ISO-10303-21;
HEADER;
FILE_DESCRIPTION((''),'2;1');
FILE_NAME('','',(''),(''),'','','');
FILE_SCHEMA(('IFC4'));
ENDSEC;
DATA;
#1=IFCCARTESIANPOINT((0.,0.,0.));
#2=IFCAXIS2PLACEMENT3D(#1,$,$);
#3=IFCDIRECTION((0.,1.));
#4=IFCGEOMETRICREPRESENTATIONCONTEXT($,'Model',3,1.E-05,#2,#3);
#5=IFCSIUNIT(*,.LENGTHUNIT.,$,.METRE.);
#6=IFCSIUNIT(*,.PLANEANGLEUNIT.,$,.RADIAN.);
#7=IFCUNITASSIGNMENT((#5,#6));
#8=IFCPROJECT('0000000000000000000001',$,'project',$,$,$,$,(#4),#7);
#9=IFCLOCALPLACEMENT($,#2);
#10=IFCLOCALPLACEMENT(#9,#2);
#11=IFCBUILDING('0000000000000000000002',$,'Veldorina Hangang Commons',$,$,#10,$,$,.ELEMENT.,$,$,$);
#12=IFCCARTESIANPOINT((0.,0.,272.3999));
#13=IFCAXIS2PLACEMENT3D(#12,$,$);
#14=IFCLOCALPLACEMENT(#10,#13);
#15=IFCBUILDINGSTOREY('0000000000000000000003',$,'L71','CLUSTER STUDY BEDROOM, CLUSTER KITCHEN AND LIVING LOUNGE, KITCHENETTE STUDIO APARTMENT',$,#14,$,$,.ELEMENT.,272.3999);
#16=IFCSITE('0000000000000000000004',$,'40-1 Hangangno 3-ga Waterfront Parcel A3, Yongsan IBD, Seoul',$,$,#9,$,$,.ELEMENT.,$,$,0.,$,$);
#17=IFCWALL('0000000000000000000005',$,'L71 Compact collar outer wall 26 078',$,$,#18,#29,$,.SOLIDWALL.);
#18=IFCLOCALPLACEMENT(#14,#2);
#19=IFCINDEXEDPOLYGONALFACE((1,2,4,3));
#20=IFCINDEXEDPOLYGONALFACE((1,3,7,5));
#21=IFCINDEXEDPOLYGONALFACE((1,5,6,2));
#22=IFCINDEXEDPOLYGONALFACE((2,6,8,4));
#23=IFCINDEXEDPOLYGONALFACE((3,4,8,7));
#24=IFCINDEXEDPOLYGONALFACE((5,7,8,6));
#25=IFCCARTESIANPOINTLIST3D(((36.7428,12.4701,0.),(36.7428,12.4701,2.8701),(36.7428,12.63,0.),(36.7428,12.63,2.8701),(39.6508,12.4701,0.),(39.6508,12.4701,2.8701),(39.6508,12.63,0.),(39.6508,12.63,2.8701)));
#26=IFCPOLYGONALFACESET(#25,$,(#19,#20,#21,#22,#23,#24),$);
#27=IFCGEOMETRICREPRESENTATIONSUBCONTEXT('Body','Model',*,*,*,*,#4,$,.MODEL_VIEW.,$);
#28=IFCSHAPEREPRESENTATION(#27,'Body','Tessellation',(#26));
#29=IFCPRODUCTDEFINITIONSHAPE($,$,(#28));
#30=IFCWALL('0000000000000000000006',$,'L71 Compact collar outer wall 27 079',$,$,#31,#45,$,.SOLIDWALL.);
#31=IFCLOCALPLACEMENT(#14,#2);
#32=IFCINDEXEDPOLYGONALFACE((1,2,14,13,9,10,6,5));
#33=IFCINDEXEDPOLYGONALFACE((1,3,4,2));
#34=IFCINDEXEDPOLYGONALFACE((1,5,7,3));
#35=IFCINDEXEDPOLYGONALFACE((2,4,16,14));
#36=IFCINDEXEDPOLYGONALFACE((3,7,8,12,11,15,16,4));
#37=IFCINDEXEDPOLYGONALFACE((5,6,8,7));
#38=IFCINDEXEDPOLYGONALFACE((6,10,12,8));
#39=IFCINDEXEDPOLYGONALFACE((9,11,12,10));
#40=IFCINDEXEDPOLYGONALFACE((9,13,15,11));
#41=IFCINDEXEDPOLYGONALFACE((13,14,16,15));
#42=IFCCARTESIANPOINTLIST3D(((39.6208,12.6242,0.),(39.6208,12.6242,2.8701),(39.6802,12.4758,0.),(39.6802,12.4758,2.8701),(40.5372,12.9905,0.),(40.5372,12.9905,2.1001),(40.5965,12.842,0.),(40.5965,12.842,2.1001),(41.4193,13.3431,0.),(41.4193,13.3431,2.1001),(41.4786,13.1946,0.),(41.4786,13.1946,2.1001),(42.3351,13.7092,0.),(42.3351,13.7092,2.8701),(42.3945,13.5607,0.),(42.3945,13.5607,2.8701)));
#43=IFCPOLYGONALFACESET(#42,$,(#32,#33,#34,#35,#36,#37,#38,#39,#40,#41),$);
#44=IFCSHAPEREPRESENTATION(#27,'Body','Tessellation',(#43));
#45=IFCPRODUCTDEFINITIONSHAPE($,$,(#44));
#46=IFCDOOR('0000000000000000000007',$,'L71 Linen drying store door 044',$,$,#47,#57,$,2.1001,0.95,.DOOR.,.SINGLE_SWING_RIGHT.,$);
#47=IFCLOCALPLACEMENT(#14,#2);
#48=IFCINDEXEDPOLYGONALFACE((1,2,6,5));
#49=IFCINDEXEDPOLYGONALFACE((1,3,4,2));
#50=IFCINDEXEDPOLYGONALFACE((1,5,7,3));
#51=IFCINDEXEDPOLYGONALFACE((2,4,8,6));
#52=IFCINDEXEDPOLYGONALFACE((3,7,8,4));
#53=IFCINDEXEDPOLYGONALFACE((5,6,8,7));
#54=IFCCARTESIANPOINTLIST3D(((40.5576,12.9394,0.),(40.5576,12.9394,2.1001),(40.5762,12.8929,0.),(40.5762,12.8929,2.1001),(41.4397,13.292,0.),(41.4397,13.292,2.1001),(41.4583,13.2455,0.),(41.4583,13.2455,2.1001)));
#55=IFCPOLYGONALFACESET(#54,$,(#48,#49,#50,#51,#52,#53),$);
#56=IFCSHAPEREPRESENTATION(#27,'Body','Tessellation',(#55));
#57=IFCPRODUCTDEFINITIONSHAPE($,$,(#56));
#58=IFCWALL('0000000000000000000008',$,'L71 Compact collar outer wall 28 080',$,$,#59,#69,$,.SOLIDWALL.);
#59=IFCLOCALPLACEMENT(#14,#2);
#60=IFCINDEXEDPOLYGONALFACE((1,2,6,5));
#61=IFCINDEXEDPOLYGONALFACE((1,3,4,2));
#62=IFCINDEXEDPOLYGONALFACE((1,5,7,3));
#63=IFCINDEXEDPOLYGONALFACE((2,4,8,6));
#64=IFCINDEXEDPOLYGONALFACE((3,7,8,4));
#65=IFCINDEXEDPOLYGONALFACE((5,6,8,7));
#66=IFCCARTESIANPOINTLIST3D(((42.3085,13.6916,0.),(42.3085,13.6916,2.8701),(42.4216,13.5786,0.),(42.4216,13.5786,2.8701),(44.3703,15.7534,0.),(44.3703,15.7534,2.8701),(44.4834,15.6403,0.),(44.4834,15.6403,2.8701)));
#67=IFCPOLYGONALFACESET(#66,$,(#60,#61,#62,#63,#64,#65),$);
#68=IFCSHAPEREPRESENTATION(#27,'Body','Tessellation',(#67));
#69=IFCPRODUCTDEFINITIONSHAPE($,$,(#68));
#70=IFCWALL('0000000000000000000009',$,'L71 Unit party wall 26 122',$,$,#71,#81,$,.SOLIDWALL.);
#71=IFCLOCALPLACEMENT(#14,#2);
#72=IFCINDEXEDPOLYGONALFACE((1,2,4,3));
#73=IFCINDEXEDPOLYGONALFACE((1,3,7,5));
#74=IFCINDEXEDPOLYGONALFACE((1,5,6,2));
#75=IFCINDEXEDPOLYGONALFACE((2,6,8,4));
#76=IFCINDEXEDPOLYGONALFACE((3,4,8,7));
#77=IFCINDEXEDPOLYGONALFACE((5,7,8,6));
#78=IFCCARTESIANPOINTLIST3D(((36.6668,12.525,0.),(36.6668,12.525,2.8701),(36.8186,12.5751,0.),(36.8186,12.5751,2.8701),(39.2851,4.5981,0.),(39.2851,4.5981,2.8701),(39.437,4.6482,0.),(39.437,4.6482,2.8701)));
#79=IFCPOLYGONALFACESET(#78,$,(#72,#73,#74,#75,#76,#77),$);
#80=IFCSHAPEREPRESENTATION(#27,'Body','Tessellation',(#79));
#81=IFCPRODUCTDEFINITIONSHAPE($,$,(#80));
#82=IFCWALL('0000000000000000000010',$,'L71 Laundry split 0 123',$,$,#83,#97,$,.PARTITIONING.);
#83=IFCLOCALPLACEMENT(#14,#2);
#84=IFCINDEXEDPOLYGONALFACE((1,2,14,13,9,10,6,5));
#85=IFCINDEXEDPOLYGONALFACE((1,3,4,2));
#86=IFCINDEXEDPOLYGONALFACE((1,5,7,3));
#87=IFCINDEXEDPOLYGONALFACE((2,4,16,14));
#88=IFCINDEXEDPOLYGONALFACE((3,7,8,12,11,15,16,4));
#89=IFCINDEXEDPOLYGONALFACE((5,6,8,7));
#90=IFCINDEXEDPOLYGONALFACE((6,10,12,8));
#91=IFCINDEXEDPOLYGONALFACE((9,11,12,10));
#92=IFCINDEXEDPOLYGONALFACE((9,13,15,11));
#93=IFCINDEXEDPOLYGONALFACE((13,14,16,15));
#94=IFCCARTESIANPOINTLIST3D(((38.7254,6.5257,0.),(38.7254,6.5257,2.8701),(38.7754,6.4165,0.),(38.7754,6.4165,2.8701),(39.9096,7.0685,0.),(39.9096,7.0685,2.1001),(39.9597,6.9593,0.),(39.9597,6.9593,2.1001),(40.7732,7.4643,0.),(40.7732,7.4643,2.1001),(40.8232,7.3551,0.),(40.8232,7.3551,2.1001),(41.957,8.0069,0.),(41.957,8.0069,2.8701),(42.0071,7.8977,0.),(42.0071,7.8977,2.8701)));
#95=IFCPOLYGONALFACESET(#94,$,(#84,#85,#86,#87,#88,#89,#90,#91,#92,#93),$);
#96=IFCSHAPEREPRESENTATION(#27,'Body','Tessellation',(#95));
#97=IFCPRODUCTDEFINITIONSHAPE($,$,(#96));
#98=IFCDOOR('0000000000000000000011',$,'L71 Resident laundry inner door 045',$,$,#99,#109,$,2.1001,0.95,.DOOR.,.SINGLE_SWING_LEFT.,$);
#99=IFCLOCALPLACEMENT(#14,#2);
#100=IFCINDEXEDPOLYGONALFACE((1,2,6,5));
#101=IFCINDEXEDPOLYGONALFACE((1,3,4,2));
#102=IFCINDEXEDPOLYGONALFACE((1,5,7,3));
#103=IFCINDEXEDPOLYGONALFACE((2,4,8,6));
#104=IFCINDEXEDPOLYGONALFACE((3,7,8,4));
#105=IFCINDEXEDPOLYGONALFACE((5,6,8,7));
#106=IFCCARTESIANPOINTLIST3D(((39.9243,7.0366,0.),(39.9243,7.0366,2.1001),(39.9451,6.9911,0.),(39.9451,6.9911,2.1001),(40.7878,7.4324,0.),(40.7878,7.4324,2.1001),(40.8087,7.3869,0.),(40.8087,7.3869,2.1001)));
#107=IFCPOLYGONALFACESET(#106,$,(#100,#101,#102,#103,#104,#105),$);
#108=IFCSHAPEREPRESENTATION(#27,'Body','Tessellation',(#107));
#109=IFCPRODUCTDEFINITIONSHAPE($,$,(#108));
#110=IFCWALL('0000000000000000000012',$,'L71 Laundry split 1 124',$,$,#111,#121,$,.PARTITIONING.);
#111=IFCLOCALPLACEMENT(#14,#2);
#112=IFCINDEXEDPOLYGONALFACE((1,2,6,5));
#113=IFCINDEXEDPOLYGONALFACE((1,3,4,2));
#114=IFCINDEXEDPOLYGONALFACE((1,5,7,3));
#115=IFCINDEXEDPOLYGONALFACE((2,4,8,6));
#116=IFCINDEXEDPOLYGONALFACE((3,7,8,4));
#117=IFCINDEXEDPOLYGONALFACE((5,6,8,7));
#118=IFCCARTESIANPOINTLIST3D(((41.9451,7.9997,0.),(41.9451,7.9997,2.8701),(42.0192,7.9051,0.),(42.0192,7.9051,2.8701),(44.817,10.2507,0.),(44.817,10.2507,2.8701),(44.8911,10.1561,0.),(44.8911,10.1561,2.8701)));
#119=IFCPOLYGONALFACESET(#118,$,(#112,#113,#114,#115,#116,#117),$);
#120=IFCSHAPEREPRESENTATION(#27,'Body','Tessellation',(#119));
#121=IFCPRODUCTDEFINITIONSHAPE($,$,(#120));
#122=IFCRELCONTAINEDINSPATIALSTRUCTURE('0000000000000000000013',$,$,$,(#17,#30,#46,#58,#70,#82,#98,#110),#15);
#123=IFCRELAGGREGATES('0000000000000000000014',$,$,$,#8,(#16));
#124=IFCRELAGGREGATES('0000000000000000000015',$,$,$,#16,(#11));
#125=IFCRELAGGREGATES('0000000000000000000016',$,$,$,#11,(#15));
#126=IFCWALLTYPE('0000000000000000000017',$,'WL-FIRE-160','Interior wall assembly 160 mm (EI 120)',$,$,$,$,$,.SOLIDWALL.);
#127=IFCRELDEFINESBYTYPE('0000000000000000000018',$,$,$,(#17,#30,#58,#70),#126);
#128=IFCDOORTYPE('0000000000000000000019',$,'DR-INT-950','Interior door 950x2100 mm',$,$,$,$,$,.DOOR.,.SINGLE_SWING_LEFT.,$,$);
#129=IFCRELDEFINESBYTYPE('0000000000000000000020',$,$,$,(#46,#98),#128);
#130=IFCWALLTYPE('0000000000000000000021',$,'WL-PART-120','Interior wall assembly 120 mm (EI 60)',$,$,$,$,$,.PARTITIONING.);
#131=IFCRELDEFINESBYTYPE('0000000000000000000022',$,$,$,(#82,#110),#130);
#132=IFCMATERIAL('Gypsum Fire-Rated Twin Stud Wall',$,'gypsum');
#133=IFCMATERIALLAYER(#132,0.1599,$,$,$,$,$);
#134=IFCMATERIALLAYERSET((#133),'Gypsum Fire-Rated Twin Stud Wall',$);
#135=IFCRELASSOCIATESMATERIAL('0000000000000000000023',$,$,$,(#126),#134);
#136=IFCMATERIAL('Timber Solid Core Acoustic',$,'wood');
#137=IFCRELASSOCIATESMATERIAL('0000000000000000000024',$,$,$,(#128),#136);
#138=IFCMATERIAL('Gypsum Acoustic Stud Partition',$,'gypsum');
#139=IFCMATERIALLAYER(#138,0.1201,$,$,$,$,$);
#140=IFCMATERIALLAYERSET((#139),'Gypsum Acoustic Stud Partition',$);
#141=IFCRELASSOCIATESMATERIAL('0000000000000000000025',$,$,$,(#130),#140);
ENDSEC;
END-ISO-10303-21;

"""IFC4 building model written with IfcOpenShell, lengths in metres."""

from ifc_helpers import new_model, si_unit, direction, frame, frame_2d, origin, place, context, subcontext, project, spatial, rectangle, extrude, material, layer, layer_set, type_object, element, fill, save


model = new_model("IFC4")

# Units and contexts
model_context = context("Model", 3, precision=1e-05, world=origin(), true_north=direction((0.0, 1.0)))
body_context = subcontext(model_context, "Body", "Model", "MODEL_VIEW")
ifc_project = project(units=[si_unit("LENGTHUNIT", "METRE"), si_unit("PLANEANGLEUNIT", "RADIAN")], contexts=[model_context])

# Site, building, storey
site_placement = place(None, origin())
site = spatial("IfcSite", under=ifc_project, at=site_placement, Name="40-1 Hangangno 3-ga Waterfront Parcel A3, Yongsan IBD, Seoul", CompositionType="ELEMENT", RefElevation=0.0)
building_placement = place(site_placement, origin())
building = spatial("IfcBuilding", under=site, at=building_placement, Name="Veldorina Hangang Commons", CompositionType="ELEMENT")
storey_placement = place(building_placement, frame((0.0, 0.0, 272.3999)))
storey = spatial("IfcBuildingStorey", under=building, at=storey_placement, Name="L71", Description="CLUSTER STUDY BEDROOM, CLUSTER KITCHEN AND LIVING LOUNGE, KITCHENETTE STUDIO APARTMENT", CompositionType="ELEMENT", Elevation=272.3999)

# Shared definitions
ifc_material_1 = material(Name="Gypsum Fire-Rated Twin Stud Wall", Category="gypsum")
ifc_layer_1 = layer(ifc_material_1, 0.1599)
ifc_layer_set_1 = layer_set([ifc_layer_1], Name="Gypsum Fire-Rated Twin Stud Wall")
wall_type_1 = type_object("IfcWallType", Name="WL-FIRE-160", Description="Interior wall assembly 160 mm (EI 120)", PredefinedType="SOLIDWALL", material=ifc_layer_set_1)
ifc_material_2 = material(Name="Timber Solid Core Acoustic", Category="wood")

# Wall
wall_1_placement = place(storey_placement, frame((36.7427, 12.55, 0.0), z_axis=(0.0, 0.0, 1.0), x_axis=(1.0, 0.0, 0.0)))
element("IfcWall", 1, at=wall_1_placement, inside=storey, type_object=wall_type_1, Name="L71 Compact collar outer wall 26 078", PredefinedType="SOLIDWALL", context=body_context, shape_type="SweptSolid", body=[
    extrude(rectangle(XDim=2.908, YDim=0.1599, at=frame_2d((1.4541, 0.0))), origin(), (0.0, 0.0, 1.0), 2.8701),
])

# Wall, opening, door
wall_2_placement = place(storey_placement, frame((39.6506, 12.55, 0.0), z_axis=(0.0, 0.0, 1.0), x_axis=(0.928569, 0.37116, 0.0)))
wall_2 = element("IfcWall", 2, at=wall_2_placement, inside=storey, type_object=wall_type_1, Name="L71 Compact collar outer wall 27 079", PredefinedType="SOLIDWALL", context=body_context, shape_type="SweptSolid", body=[
    extrude(rectangle(XDim=2.9231, YDim=0.1599, at=frame_2d((1.4614, 0.0))), origin(), (0.0, 0.0, 1.0), 2.8701),
])
opening_1_placement = place(wall_2_placement, frame((0.9866, 0.0, 0.0)))
opening_1 = element("IfcOpeningElement", 3, at=opening_1_placement, cuts=wall_2, PredefinedType="OPENING", context=body_context, shape_type="SweptSolid", body=[
    extrude(rectangle(XDim=0.95, YDim=2.1001, at=frame_2d((0.4751, 1.05))), frame((0.0, 0.0898, 0.0), z_axis=(0.0, -1.0, 0.0), x_axis=(1.0, 0.0, 0.0)), (0.0, 0.0, 1.0), 0.1799),
])
door_type_1 = type_object("IfcDoorType", Name="DR-INT-950", Description="Interior door 950x2100 mm", OperationType="SINGLE_SWING_LEFT", PredefinedType="DOOR", material=ifc_material_2)
door_1_placement = place(opening_1_placement, origin())
door_1 = element("IfcDoor", 4, at=door_1_placement, inside=storey, type_object=door_type_1, Name="L71 Linen drying store door 044", OperationType="SINGLE_SWING_RIGHT", OverallHeight=2.1001, OverallWidth=0.95, PredefinedType="DOOR", context=body_context, shape_type="SweptSolid", body=[
    extrude(rectangle(XDim=0.95, YDim=2.1001, at=frame_2d((0.4751, 1.05))), frame((0.0, 0.0249, 0.0), z_axis=(0.0, -1.0, 0.0), x_axis=(1.0, 0.0, 0.0)), (0.0, 0.0, 1.0), 0.05),
])
fill(opening_1, door_1)

# Walls
wall_3_placement = place(storey_placement, frame((42.365, 13.635, 0.0), z_axis=(0.0, 0.0, 1.0), x_axis=(0.707107, 0.707107, 0.0)))
element("IfcWall", 5, at=wall_3_placement, inside=storey, type_object=wall_type_1, Name="L71 Compact collar outer wall 28 080", PredefinedType="SOLIDWALL", context=body_context, shape_type="SweptSolid", body=[
    extrude(rectangle(XDim=2.9158, YDim=0.1599, at=frame_2d((1.458, 0.0))), origin(), (0.0, 0.0, 1.0), 2.8701),
])
wall_4_placement = place(storey_placement, frame((36.7427, 12.55, 0.0), z_axis=(0.0, 0.0, 1.0), x_axis=(0.313647, -0.94954, 0.0)))
element("IfcWall", 6, at=wall_4_placement, inside=storey, type_object=wall_type_1, Name="L71 Unit party wall 26 122", PredefinedType="SOLIDWALL", context=body_context, shape_type="SweptSolid", body=[
    extrude(rectangle(XDim=8.3481, YDim=0.1599, at=frame_2d((4.1741, 0.0))), origin(), (0.0, 0.0, 1.0), 2.8701),
])

# Wall, opening, door
ifc_material_3 = material(Name="Gypsum Acoustic Stud Partition", Category="gypsum")
ifc_layer_2 = layer(ifc_material_3, 0.1201)
ifc_layer_set_2 = layer_set([ifc_layer_2], Name="Gypsum Acoustic Stud Partition")
wall_type_2 = type_object("IfcWallType", Name="WL-PART-120", Description="Interior wall assembly 120 mm (EI 60)", PredefinedType="PARTITIONING", material=ifc_layer_set_2)
wall_5_placement = place(storey_placement, frame((38.7505, 6.4712, 0.0), z_axis=(0.0, 0.0, 1.0), x_axis=(0.909064, 0.416657, 0.0)))
wall_5 = element("IfcWall", 7, at=wall_5_placement, inside=storey, type_object=wall_type_2, Name="L71 Laundry split 0 123", PredefinedType="PARTITIONING", context=body_context, shape_type="SweptSolid", body=[
    extrude(rectangle(XDim=3.5549, YDim=0.1201, at=frame_2d((1.7773, 0.0))), origin(), (0.0, 0.0, 1.0), 2.8701),
])
opening_2_placement = place(wall_5_placement, frame((1.3025, 0.0, 0.0)))
opening_2 = element("IfcOpeningElement", 8, at=opening_2_placement, cuts=wall_5, PredefinedType="OPENING", context=body_context, shape_type="SweptSolid", body=[
    extrude(rectangle(XDim=0.95, YDim=2.1001, at=frame_2d((0.4751, 1.05))), frame((0.0, 0.0701, 0.0), z_axis=(0.0, -1.0, 0.0), x_axis=(1.0, 0.0, 0.0)), (0.0, 0.0, 1.0), 0.1401),
])
door_2_placement = place(opening_2_placement, origin())
door_2 = element("IfcDoor", 9, at=door_2_placement, inside=storey, type_object=door_type_1, Name="L71 Resident laundry inner door 045", OperationType="SINGLE_SWING_LEFT", OverallHeight=2.1001, OverallWidth=0.95, PredefinedType="DOOR", context=body_context, shape_type="SweptSolid", body=[
    extrude(rectangle(XDim=0.95, YDim=2.1001, at=frame_2d((0.4751, 1.05))), frame((0.0, 0.0249, 0.0), z_axis=(0.0, -1.0, 0.0), x_axis=(1.0, 0.0, 0.0)), (0.0, 0.0, 1.0), 0.05),
])
fill(opening_2, door_2)

# Wall
wall_6_placement = place(storey_placement, frame((41.9822, 7.9524, 0.0), z_axis=(0.0, 0.0, 1.0), x_axis=(0.787045, 0.616896, 0.0)))
element("IfcWall", 10, at=wall_6_placement, inside=storey, type_object=wall_type_2, Name="L71 Laundry split 1 124", PredefinedType="PARTITIONING", context=body_context, shape_type="SweptSolid", body=[
    extrude(rectangle(XDim=3.6489, YDim=0.1201, at=frame_2d((1.8245, 0.0))), origin(), (0.0, 0.0, 1.0), 2.8701),
])

save(model, "model.ifc")
